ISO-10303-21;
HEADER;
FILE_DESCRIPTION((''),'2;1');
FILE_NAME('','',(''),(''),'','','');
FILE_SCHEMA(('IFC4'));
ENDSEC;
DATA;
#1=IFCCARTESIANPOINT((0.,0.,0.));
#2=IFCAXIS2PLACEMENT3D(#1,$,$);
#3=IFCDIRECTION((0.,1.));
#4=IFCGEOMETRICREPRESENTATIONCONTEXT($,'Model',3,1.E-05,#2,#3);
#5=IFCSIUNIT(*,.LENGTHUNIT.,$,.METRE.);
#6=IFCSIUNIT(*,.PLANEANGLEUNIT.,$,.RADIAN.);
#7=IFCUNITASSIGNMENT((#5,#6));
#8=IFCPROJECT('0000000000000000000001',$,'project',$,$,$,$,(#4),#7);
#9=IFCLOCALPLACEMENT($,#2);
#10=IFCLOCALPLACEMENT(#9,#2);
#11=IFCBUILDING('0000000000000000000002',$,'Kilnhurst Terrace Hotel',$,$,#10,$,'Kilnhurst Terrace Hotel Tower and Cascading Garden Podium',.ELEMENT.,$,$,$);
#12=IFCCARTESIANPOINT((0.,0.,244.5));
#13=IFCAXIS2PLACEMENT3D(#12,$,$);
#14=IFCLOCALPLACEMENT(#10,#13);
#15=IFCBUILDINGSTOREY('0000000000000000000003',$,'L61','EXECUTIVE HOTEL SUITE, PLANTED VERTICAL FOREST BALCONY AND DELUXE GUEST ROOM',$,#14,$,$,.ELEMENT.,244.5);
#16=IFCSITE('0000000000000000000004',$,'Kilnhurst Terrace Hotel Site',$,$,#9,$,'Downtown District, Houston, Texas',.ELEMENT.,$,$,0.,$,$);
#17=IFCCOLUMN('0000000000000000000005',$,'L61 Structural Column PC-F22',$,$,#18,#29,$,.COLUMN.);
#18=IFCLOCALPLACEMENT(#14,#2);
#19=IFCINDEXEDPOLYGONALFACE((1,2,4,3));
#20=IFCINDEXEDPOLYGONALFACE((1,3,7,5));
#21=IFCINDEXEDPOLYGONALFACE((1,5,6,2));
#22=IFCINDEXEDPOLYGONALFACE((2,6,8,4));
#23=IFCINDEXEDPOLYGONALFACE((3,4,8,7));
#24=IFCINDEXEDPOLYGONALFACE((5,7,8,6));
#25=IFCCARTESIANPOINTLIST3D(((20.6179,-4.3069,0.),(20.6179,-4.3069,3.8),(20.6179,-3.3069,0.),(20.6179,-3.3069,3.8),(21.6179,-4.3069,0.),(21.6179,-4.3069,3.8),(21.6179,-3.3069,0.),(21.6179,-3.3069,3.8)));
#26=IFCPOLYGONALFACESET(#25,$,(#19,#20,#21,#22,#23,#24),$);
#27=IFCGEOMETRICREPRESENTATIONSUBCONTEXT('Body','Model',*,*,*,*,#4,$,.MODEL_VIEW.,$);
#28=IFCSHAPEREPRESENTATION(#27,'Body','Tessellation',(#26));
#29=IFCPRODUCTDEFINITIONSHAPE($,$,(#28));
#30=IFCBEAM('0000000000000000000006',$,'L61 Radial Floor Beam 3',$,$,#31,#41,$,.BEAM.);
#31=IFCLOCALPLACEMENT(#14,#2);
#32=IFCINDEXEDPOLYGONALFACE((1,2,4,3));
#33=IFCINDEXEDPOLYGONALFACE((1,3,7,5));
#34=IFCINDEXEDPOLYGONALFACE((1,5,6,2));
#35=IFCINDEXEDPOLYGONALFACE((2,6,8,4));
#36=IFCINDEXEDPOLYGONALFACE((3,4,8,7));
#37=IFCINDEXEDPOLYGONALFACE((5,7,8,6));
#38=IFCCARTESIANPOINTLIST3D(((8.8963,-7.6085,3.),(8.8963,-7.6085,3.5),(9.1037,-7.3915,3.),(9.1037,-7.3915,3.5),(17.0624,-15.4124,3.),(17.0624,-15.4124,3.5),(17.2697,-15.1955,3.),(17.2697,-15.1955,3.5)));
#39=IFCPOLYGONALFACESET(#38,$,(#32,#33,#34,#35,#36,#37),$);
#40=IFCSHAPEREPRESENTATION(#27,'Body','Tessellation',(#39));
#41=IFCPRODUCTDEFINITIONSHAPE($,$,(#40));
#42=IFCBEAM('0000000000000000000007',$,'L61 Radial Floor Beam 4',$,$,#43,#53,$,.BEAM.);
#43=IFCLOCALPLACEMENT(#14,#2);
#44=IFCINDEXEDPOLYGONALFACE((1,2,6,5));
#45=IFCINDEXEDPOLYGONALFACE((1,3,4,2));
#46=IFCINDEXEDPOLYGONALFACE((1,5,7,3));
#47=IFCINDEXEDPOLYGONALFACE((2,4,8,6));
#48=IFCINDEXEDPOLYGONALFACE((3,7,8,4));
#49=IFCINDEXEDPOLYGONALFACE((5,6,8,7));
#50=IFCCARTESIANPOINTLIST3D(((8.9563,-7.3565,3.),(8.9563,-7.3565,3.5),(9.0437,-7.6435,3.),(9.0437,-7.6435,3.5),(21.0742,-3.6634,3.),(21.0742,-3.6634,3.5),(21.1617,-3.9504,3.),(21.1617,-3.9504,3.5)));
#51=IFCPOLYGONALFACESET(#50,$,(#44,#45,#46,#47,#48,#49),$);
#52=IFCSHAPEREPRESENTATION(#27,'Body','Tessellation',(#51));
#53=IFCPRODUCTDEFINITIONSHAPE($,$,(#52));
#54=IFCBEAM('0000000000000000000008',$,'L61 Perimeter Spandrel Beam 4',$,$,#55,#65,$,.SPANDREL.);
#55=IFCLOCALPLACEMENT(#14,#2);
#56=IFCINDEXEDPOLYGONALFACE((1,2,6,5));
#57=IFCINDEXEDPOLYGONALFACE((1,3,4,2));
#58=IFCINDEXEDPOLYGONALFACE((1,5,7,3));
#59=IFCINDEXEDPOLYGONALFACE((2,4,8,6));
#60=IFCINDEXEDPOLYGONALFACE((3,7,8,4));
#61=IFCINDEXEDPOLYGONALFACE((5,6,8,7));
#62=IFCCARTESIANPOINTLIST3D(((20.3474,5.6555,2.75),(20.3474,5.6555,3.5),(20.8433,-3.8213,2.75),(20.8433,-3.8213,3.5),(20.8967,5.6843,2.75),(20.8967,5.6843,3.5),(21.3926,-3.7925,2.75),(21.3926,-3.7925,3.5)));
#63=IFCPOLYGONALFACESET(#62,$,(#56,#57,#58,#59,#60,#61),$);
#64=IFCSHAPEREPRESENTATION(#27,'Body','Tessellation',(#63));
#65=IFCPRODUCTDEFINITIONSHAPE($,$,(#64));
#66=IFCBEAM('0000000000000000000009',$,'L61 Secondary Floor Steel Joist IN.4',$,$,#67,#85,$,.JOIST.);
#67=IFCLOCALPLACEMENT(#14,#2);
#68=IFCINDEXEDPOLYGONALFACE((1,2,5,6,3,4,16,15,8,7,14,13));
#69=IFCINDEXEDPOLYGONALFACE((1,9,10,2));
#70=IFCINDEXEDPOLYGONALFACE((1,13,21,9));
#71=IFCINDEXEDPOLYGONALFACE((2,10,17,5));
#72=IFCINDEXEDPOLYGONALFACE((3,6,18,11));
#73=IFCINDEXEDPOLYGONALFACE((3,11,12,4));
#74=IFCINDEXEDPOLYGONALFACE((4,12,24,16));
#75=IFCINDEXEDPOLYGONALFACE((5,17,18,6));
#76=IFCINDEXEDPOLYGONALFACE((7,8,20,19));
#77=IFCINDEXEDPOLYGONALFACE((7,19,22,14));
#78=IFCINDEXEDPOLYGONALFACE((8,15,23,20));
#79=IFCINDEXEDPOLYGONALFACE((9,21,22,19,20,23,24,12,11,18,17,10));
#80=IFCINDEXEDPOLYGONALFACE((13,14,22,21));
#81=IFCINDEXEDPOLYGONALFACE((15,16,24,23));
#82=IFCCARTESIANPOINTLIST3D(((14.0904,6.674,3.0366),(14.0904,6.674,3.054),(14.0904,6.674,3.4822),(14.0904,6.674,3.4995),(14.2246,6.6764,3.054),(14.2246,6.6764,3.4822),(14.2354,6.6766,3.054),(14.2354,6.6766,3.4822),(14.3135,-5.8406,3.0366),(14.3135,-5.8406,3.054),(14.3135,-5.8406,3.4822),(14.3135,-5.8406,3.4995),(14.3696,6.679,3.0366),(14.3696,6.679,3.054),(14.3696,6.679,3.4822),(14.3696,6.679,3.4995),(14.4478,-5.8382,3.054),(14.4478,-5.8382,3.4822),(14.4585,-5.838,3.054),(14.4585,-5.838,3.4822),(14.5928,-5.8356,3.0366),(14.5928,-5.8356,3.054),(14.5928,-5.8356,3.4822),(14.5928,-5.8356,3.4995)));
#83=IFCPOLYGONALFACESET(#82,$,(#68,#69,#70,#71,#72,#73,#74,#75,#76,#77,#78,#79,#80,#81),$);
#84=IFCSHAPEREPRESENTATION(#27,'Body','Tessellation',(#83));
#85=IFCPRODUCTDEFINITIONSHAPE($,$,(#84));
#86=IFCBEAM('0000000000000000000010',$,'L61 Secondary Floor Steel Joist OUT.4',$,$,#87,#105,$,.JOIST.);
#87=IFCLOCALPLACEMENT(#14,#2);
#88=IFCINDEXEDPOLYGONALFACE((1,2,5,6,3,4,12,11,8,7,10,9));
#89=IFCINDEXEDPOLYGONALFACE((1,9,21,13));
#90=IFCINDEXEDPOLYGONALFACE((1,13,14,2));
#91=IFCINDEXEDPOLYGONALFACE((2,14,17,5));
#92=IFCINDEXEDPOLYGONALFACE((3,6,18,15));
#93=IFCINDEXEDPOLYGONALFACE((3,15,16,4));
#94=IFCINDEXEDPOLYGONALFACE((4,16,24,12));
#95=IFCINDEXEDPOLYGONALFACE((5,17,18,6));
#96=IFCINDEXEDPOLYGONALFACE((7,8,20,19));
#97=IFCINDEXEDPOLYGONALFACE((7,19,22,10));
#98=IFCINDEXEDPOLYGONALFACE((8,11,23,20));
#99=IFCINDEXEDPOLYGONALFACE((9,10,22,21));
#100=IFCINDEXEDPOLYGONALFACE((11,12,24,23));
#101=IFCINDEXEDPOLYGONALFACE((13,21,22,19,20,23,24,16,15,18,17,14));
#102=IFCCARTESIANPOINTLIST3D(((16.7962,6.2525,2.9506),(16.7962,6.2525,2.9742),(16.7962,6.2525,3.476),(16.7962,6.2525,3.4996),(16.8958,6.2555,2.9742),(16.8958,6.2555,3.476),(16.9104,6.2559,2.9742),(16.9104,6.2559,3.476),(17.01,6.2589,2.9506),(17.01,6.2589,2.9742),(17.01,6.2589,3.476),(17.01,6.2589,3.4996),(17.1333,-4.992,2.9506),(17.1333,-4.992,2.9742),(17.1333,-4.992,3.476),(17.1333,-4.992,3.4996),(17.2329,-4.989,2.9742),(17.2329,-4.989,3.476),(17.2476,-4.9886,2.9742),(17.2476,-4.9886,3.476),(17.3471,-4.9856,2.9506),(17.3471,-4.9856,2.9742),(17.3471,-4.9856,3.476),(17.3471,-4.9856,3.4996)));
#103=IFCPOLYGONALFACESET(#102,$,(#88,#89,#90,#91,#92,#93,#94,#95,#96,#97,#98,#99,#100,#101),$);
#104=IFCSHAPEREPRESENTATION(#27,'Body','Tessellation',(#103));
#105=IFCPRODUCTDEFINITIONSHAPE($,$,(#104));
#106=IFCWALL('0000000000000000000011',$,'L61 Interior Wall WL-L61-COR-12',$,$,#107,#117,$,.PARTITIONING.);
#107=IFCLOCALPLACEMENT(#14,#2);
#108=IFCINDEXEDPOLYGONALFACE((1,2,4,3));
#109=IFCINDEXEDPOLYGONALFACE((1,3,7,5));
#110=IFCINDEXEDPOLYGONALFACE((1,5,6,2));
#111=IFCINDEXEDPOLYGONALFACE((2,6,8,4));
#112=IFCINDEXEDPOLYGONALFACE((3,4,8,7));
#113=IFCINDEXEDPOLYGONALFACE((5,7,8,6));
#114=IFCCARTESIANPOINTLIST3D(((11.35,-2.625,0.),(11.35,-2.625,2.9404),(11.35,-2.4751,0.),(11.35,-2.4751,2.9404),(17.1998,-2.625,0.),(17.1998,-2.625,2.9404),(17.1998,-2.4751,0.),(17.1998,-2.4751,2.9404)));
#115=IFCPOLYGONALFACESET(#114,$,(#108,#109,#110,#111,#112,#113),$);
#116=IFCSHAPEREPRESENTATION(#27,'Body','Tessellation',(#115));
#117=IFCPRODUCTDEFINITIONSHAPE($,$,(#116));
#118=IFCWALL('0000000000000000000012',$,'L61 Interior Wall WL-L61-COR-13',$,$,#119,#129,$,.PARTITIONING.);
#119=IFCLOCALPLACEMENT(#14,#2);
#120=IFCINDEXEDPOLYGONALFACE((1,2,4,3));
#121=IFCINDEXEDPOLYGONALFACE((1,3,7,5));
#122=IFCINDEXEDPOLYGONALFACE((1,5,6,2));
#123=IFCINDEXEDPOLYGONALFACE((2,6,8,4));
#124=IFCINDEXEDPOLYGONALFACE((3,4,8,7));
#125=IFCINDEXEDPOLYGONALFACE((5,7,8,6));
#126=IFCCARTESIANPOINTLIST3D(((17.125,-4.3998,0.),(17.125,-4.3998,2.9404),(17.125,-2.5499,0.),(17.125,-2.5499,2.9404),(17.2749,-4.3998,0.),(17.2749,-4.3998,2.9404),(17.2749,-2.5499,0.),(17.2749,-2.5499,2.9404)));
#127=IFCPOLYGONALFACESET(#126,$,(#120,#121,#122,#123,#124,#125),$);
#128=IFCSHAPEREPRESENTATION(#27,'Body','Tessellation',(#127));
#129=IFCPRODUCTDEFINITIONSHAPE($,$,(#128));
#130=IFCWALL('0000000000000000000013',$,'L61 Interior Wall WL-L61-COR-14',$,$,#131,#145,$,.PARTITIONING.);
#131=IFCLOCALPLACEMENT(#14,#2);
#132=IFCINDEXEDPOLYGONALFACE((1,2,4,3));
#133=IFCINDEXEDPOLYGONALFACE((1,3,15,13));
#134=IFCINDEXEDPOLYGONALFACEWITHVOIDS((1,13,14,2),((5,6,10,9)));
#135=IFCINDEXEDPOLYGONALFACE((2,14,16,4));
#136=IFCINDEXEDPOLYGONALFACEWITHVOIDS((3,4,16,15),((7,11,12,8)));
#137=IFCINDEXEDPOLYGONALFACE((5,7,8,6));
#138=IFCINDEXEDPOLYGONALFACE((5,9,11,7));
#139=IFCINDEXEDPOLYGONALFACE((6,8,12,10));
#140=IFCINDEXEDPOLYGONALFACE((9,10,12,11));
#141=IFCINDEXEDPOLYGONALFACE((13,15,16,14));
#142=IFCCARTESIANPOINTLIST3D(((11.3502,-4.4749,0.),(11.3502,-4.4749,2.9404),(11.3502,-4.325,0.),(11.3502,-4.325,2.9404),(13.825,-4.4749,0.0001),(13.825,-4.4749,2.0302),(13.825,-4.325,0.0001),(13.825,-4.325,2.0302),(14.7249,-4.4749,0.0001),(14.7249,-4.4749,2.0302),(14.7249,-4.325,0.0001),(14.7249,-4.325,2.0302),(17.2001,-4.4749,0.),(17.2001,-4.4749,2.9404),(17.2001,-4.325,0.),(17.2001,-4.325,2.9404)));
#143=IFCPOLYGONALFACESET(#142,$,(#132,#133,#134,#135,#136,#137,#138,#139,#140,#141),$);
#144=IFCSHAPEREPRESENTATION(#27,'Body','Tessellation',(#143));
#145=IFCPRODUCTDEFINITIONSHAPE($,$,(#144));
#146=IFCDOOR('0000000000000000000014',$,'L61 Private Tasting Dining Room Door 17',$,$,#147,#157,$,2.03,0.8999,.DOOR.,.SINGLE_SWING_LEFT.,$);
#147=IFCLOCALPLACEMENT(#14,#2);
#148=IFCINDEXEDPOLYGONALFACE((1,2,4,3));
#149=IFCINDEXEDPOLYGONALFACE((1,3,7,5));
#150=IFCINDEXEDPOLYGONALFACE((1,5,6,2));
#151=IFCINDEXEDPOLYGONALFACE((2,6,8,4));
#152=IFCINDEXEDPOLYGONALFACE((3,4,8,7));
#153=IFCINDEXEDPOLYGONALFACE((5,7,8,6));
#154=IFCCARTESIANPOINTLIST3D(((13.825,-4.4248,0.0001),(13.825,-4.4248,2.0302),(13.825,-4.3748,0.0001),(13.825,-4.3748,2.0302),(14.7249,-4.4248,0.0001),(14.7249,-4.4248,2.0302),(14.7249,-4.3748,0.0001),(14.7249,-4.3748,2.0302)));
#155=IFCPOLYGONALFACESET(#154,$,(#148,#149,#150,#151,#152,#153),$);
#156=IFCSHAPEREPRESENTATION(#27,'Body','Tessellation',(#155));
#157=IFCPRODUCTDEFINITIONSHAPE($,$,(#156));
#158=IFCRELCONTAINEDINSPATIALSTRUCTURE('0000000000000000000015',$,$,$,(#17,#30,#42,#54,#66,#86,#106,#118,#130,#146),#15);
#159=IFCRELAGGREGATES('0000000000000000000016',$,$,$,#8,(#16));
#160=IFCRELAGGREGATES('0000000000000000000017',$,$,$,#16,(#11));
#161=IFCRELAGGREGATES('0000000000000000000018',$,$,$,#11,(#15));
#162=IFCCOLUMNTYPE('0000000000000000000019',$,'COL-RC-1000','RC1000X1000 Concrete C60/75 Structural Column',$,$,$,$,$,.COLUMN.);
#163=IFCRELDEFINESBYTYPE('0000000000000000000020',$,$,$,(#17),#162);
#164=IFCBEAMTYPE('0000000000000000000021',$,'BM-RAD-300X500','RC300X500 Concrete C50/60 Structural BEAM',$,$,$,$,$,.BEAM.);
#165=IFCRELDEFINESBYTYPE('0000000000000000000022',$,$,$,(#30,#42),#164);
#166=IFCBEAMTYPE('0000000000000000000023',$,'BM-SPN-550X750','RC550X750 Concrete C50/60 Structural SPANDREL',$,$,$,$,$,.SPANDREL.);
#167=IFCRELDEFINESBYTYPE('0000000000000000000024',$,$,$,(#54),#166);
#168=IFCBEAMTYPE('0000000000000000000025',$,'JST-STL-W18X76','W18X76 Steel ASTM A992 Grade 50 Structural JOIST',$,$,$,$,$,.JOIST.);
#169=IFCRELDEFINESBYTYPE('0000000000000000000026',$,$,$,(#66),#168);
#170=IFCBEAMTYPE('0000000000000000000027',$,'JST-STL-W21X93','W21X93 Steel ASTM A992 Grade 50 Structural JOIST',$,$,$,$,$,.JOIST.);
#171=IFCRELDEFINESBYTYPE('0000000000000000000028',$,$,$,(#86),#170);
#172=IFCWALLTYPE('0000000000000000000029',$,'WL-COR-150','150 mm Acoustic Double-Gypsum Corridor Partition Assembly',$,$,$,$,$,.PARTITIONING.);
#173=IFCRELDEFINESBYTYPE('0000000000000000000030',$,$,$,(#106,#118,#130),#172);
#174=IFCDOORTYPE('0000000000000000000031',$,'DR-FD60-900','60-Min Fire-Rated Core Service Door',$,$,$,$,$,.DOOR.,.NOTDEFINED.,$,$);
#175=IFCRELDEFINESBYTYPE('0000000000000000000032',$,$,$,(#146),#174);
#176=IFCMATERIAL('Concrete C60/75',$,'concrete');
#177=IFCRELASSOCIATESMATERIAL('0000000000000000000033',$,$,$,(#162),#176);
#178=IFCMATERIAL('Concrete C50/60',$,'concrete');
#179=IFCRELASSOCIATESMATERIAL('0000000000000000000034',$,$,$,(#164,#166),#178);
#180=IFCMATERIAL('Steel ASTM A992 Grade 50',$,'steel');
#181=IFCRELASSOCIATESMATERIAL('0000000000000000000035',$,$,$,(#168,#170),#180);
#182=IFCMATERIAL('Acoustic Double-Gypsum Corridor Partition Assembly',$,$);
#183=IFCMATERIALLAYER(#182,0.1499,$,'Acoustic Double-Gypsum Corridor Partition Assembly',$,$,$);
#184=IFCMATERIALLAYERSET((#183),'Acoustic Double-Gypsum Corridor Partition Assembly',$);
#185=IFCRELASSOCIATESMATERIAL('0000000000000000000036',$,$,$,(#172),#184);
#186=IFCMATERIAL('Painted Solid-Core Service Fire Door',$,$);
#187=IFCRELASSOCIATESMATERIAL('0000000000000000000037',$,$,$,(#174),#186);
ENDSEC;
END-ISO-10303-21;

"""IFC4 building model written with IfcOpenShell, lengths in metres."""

from ifc_helpers import new_model, si_unit, direction, frame, frame_2d, origin, origin_2d, place, context, subcontext, project, spatial, rectangle, i_section, extrude, material, layer, layer_set, material_profile, profile_set, type_object, element, fill, save


model = new_model("IFC4")

# Units and contexts
model_context = context("Model", 3, precision=1e-05, world=origin(), true_north=direction((0.0, 1.0)))
body_context = subcontext(model_context, "Body", "Model", "MODEL_VIEW")
ifc_project = project(units=[si_unit("LENGTHUNIT", "METRE"), si_unit("PLANEANGLEUNIT", "RADIAN")], contexts=[model_context])

# Site, building, storey
site_placement = place(None, origin())
site = spatial("IfcSite", under=ifc_project, at=site_placement, Name="Kilnhurst Terrace Hotel Site", LongName="Downtown District, Houston, Texas", CompositionType="ELEMENT", RefElevation=0.0)
building_placement = place(site_placement, origin())
building = spatial("IfcBuilding", under=site, at=building_placement, Name="Kilnhurst Terrace Hotel", LongName="Kilnhurst Terrace Hotel Tower and Cascading Garden Podium", CompositionType="ELEMENT")
storey_placement = place(building_placement, frame((0.0, 0.0, 244.5)))
storey = spatial("IfcBuildingStorey", under=building, at=storey_placement, Name="L61", Description="EXECUTIVE HOTEL SUITE, PLANTED VERTICAL FOREST BALCONY AND DELUXE GUEST ROOM", CompositionType="ELEMENT", Elevation=244.5)

# Column
ifc_material_1 = material(Name="Concrete C60/75", Category="concrete")
ifc_material_profile_1 = material_profile(ifc_material_1, rectangle(XDim=1.0, YDim=1.0, at=origin_2d()), Name="RC1000X1000")
ifc_profile_set_1 = profile_set([ifc_material_profile_1], Name="Concrete C60/75")
column_type = type_object("IfcColumnType", Name="COL-RC-1000", Description="RC1000X1000 Concrete C60/75 Structural Column", PredefinedType="COLUMN", material=ifc_profile_set_1)
column_placement = place(storey_placement, frame((21.1179, -3.8069, 0.0), z_axis=(0.0, 0.0, 1.0), x_axis=(1.0, 0.0, 0.0)))
element("IfcColumn", 1, at=column_placement, inside=storey, type_object=column_type, Name="L61 Structural Column PC-F22", PredefinedType="COLUMN", context=body_context, shape_type="SweptSolid", body=[
    extrude(rectangle(XDim=1.0, YDim=1.0, at=origin_2d()), origin(), (0.0, 0.0, 1.0), 3.8),
])

# Beams
ifc_material_2 = material(Name="Concrete C50/60", Category="concrete")
ifc_material_profile_2 = material_profile(ifc_material_2, rectangle(XDim=0.3, YDim=0.5, at=origin_2d()), Name="RC300X500")
ifc_profile_set_2 = profile_set([ifc_material_profile_2], Name="Concrete C50/60")
beam_type_1 = type_object("IfcBeamType", Name="BM-RAD-300X500", Description="RC300X500 Concrete C50/60 Structural BEAM", PredefinedType="BEAM", material=ifc_profile_set_2)
beam_1_placement = place(storey_placement, frame((9.0, -7.5, 3.25), z_axis=(0.722952, -0.690898, 0.0), x_axis=(0.690898, 0.722952, 0.0)))
element("IfcBeam", 2, at=beam_1_placement, inside=storey, type_object=beam_type_1, Name="L61 Radial Floor Beam 3", PredefinedType="BEAM", context=body_context, shape_type="SweptSolid", body=[
    extrude(rectangle(XDim=0.3, YDim=0.5, at=origin_2d()), origin(), (0.0, 0.0, 1.0), 11.2954),
])
beam_2_placement = place(storey_placement, frame((9.0, -7.5, 3.25), z_axis=(0.956563, 0.291527, 0.0), x_axis=(-0.291527, 0.956563, 0.0)))
element("IfcBeam", 3, at=beam_2_placement, inside=storey, type_object=beam_type_1, Name="L61 Radial Floor Beam 4", PredefinedType="BEAM", context=body_context, shape_type="SweptSolid", body=[
    extrude(rectangle(XDim=0.3, YDim=0.5, at=origin_2d()), origin(), (0.0, 0.0, 1.0), 12.6682),
])
ifc_material_profile_3 = material_profile(ifc_material_2, rectangle(XDim=0.55, YDim=0.75, at=origin_2d()), Name="RC550X750")
ifc_profile_set_3 = profile_set([ifc_material_profile_3], Name="Concrete C50/60")
beam_type_2 = type_object("IfcBeamType", Name="BM-SPN-550X750", Description="RC550X750 Concrete C50/60 Structural SPANDREL", PredefinedType="SPANDREL", material=ifc_profile_set_3)
beam_3_placement = place(storey_placement, frame((21.1179, -3.8069, 3.125), z_axis=(-0.052251, 0.998634, 0.0), x_axis=(-0.998634, -0.052251, 0.0)))
element("IfcBeam", 4, at=beam_3_placement, inside=storey, type_object=beam_type_2, Name="L61 Perimeter Spandrel Beam 4", PredefinedType="SPANDREL", context=body_context, shape_type="SweptSolid", body=[
    extrude(rectangle(XDim=0.55, YDim=0.75, at=origin_2d()), origin(), (0.0, 0.0, 1.0), 9.4897),
])
ifc_material_3 = material(Name="Steel ASTM A992 Grade 50", Category="steel")
ifc_material_profile_4 = material_profile(ifc_material_3, i_section(OverallWidth=0.2793, OverallDepth=0.4629, WebThickness=0.0107, FlangeThickness=0.0173, at=origin_2d()), Name="W18X76")
ifc_profile_set_4 = profile_set([ifc_material_profile_4], Name="Steel ASTM A992 Grade 50")
beam_type_3 = type_object("IfcBeamType", Name="JST-STL-W18X76", Description="W18X76 Steel ASTM A992 Grade 50 Structural JOIST", PredefinedType="JOIST", material=ifc_profile_set_4)
beam_4_placement = place(storey_placement, frame((14.4531, -5.8381, 3.2681), z_axis=(-0.017828, 0.999841, 0.0), x_axis=(-0.999841, -0.017828, 0.0)))
element("IfcBeam", 5, at=beam_4_placement, inside=storey, type_object=beam_type_3, Name="L61 Secondary Floor Steel Joist IN.4", PredefinedType="JOIST", context=body_context, shape_type="SweptSolid", body=[
    extrude(i_section(OverallWidth=0.2793, OverallDepth=0.4629, WebThickness=0.0107, FlangeThickness=0.0173, at=origin_2d()), origin(), (0.0, 0.0, 1.0), 12.5166),
])
ifc_material_profile_5 = material_profile(ifc_material_3, i_section(OverallWidth=0.2139, OverallDepth=0.5491, WebThickness=0.0146, FlangeThickness=0.0237, at=origin_2d()), Name="W21X93")
ifc_profile_set_5 = profile_set([ifc_material_profile_5], Name="Steel ASTM A992 Grade 50")
beam_type_4 = type_object("IfcBeamType", Name="JST-STL-W21X93", Description="W21X93 Steel ASTM A992 Grade 50 Structural JOIST", PredefinedType="JOIST", material=ifc_profile_set_5)
beam_5_placement = place(storey_placement, frame((17.2402, -4.9888, 3.2251), z_axis=(-0.029971, 0.999551, 0.0), x_axis=(-0.999551, -0.029971, 0.0)))
element("IfcBeam", 6, at=beam_5_placement, inside=storey, type_object=beam_type_4, Name="L61 Secondary Floor Steel Joist OUT.4", PredefinedType="JOIST", context=body_context, shape_type="SweptSolid", body=[
    extrude(i_section(OverallWidth=0.2139, OverallDepth=0.5491, WebThickness=0.0146, FlangeThickness=0.0237, at=origin_2d()), origin(), (0.0, 0.0, 1.0), 11.2495),
])

# Walls
ifc_material_4 = material(Name="Acoustic Double-Gypsum Corridor Partition Assembly")
ifc_layer_1 = layer(ifc_material_4, 0.1499, Name="Acoustic Double-Gypsum Corridor Partition Assembly")
ifc_layer_set_1 = layer_set([ifc_layer_1], Name="Acoustic Double-Gypsum Corridor Partition Assembly")
wall_type_1 = type_object("IfcWallType", Name="WL-COR-150", Description="150 mm Acoustic Double-Gypsum Corridor Partition Assembly", PredefinedType="PARTITIONING", material=ifc_layer_set_1)
wall_1_placement = place(storey_placement, frame((11.3501, -2.55, 0.0), z_axis=(0.0, 0.0, 1.0), x_axis=(1.0, 0.0, 0.0)))
element("IfcWall", 7, at=wall_1_placement, inside=storey, type_object=wall_type_1, Name="L61 Interior Wall WL-L61-COR-12", PredefinedType="PARTITIONING", context=body_context, shape_type="SweptSolid", body=[
    extrude(rectangle(XDim=5.8499, YDim=0.1499, at=frame_2d((2.9248, 0.0))), origin(), (0.0, 0.0, 1.0), 2.9404),
])
wall_2_placement = place(storey_placement, frame((17.2, -2.55, 0.0), z_axis=(0.0, 0.0, 1.0), x_axis=(0.0, -1.0, 0.0)))
element("IfcWall", 8, at=wall_2_placement, inside=storey, type_object=wall_type_1, Name="L61 Interior Wall WL-L61-COR-13", PredefinedType="PARTITIONING", context=body_context, shape_type="SweptSolid", body=[
    extrude(rectangle(XDim=1.8499, YDim=0.1499, at=frame_2d((0.9248, 0.0))), origin(), (0.0, 0.0, 1.0), 2.9404),
])

# Wall, opening, door
wall_3_placement = place(storey_placement, frame((17.2, -4.3999, 0.0), z_axis=(0.0, 0.0, 1.0), x_axis=(-1.0, 0.0, 0.0)))
wall_3 = element("IfcWall", 9, at=wall_3_placement, inside=storey, type_object=wall_type_1, Name="L61 Interior Wall WL-L61-COR-14", PredefinedType="PARTITIONING", context=body_context, shape_type="SweptSolid", body=[
    extrude(rectangle(XDim=5.8499, YDim=0.1499, at=frame_2d((2.9248, 0.0))), origin(), (0.0, 0.0, 1.0), 2.9404),
])
opening_1_placement = place(wall_3_placement, frame((2.4751, 0.0, 0.0)))
opening_1 = element("IfcOpeningElement", 10, at=opening_1_placement, cuts=wall_3, PredefinedType="OPENING", context=body_context, shape_type="SweptSolid", body=[
    extrude(rectangle(XDim=0.8999, YDim=2.03, at=frame_2d((0.45, 1.0151))), frame((0.0, 0.085, 0.0), z_axis=(0.0, -1.0, 0.0), x_axis=(1.0, 0.0, 0.0)), (0.0, 0.0, 1.0), 0.1699),
])
ifc_material_5 = material(Name="Painted Solid-Core Service Fire Door")
door_type_1 = type_object("IfcDoorType", Name="DR-FD60-900", Description="60-Min Fire-Rated Core Service Door", OperationType="NOTDEFINED", PredefinedType="DOOR", material=ifc_material_5)
door_1_placement = place(opening_1_placement, origin())
door_1 = element("IfcDoor", 11, at=door_1_placement, inside=storey, type_object=door_type_1, Name="L61 Private Tasting Dining Room Door 17", OperationType="SINGLE_SWING_LEFT", OverallHeight=2.03, OverallWidth=0.8999, PredefinedType="DOOR", context=body_context, shape_type="SweptSolid", body=[
    extrude(rectangle(XDim=0.8999, YDim=2.03, at=frame_2d((0.45, 1.0151))), frame((0.0, 0.0249, 0.0), z_axis=(0.0, -1.0, 0.0), x_axis=(1.0, 0.0, 0.0)), (0.0, 0.0, 1.0), 0.05),
])
fill(opening_1, door_1)

save(model, "model.ifc")
